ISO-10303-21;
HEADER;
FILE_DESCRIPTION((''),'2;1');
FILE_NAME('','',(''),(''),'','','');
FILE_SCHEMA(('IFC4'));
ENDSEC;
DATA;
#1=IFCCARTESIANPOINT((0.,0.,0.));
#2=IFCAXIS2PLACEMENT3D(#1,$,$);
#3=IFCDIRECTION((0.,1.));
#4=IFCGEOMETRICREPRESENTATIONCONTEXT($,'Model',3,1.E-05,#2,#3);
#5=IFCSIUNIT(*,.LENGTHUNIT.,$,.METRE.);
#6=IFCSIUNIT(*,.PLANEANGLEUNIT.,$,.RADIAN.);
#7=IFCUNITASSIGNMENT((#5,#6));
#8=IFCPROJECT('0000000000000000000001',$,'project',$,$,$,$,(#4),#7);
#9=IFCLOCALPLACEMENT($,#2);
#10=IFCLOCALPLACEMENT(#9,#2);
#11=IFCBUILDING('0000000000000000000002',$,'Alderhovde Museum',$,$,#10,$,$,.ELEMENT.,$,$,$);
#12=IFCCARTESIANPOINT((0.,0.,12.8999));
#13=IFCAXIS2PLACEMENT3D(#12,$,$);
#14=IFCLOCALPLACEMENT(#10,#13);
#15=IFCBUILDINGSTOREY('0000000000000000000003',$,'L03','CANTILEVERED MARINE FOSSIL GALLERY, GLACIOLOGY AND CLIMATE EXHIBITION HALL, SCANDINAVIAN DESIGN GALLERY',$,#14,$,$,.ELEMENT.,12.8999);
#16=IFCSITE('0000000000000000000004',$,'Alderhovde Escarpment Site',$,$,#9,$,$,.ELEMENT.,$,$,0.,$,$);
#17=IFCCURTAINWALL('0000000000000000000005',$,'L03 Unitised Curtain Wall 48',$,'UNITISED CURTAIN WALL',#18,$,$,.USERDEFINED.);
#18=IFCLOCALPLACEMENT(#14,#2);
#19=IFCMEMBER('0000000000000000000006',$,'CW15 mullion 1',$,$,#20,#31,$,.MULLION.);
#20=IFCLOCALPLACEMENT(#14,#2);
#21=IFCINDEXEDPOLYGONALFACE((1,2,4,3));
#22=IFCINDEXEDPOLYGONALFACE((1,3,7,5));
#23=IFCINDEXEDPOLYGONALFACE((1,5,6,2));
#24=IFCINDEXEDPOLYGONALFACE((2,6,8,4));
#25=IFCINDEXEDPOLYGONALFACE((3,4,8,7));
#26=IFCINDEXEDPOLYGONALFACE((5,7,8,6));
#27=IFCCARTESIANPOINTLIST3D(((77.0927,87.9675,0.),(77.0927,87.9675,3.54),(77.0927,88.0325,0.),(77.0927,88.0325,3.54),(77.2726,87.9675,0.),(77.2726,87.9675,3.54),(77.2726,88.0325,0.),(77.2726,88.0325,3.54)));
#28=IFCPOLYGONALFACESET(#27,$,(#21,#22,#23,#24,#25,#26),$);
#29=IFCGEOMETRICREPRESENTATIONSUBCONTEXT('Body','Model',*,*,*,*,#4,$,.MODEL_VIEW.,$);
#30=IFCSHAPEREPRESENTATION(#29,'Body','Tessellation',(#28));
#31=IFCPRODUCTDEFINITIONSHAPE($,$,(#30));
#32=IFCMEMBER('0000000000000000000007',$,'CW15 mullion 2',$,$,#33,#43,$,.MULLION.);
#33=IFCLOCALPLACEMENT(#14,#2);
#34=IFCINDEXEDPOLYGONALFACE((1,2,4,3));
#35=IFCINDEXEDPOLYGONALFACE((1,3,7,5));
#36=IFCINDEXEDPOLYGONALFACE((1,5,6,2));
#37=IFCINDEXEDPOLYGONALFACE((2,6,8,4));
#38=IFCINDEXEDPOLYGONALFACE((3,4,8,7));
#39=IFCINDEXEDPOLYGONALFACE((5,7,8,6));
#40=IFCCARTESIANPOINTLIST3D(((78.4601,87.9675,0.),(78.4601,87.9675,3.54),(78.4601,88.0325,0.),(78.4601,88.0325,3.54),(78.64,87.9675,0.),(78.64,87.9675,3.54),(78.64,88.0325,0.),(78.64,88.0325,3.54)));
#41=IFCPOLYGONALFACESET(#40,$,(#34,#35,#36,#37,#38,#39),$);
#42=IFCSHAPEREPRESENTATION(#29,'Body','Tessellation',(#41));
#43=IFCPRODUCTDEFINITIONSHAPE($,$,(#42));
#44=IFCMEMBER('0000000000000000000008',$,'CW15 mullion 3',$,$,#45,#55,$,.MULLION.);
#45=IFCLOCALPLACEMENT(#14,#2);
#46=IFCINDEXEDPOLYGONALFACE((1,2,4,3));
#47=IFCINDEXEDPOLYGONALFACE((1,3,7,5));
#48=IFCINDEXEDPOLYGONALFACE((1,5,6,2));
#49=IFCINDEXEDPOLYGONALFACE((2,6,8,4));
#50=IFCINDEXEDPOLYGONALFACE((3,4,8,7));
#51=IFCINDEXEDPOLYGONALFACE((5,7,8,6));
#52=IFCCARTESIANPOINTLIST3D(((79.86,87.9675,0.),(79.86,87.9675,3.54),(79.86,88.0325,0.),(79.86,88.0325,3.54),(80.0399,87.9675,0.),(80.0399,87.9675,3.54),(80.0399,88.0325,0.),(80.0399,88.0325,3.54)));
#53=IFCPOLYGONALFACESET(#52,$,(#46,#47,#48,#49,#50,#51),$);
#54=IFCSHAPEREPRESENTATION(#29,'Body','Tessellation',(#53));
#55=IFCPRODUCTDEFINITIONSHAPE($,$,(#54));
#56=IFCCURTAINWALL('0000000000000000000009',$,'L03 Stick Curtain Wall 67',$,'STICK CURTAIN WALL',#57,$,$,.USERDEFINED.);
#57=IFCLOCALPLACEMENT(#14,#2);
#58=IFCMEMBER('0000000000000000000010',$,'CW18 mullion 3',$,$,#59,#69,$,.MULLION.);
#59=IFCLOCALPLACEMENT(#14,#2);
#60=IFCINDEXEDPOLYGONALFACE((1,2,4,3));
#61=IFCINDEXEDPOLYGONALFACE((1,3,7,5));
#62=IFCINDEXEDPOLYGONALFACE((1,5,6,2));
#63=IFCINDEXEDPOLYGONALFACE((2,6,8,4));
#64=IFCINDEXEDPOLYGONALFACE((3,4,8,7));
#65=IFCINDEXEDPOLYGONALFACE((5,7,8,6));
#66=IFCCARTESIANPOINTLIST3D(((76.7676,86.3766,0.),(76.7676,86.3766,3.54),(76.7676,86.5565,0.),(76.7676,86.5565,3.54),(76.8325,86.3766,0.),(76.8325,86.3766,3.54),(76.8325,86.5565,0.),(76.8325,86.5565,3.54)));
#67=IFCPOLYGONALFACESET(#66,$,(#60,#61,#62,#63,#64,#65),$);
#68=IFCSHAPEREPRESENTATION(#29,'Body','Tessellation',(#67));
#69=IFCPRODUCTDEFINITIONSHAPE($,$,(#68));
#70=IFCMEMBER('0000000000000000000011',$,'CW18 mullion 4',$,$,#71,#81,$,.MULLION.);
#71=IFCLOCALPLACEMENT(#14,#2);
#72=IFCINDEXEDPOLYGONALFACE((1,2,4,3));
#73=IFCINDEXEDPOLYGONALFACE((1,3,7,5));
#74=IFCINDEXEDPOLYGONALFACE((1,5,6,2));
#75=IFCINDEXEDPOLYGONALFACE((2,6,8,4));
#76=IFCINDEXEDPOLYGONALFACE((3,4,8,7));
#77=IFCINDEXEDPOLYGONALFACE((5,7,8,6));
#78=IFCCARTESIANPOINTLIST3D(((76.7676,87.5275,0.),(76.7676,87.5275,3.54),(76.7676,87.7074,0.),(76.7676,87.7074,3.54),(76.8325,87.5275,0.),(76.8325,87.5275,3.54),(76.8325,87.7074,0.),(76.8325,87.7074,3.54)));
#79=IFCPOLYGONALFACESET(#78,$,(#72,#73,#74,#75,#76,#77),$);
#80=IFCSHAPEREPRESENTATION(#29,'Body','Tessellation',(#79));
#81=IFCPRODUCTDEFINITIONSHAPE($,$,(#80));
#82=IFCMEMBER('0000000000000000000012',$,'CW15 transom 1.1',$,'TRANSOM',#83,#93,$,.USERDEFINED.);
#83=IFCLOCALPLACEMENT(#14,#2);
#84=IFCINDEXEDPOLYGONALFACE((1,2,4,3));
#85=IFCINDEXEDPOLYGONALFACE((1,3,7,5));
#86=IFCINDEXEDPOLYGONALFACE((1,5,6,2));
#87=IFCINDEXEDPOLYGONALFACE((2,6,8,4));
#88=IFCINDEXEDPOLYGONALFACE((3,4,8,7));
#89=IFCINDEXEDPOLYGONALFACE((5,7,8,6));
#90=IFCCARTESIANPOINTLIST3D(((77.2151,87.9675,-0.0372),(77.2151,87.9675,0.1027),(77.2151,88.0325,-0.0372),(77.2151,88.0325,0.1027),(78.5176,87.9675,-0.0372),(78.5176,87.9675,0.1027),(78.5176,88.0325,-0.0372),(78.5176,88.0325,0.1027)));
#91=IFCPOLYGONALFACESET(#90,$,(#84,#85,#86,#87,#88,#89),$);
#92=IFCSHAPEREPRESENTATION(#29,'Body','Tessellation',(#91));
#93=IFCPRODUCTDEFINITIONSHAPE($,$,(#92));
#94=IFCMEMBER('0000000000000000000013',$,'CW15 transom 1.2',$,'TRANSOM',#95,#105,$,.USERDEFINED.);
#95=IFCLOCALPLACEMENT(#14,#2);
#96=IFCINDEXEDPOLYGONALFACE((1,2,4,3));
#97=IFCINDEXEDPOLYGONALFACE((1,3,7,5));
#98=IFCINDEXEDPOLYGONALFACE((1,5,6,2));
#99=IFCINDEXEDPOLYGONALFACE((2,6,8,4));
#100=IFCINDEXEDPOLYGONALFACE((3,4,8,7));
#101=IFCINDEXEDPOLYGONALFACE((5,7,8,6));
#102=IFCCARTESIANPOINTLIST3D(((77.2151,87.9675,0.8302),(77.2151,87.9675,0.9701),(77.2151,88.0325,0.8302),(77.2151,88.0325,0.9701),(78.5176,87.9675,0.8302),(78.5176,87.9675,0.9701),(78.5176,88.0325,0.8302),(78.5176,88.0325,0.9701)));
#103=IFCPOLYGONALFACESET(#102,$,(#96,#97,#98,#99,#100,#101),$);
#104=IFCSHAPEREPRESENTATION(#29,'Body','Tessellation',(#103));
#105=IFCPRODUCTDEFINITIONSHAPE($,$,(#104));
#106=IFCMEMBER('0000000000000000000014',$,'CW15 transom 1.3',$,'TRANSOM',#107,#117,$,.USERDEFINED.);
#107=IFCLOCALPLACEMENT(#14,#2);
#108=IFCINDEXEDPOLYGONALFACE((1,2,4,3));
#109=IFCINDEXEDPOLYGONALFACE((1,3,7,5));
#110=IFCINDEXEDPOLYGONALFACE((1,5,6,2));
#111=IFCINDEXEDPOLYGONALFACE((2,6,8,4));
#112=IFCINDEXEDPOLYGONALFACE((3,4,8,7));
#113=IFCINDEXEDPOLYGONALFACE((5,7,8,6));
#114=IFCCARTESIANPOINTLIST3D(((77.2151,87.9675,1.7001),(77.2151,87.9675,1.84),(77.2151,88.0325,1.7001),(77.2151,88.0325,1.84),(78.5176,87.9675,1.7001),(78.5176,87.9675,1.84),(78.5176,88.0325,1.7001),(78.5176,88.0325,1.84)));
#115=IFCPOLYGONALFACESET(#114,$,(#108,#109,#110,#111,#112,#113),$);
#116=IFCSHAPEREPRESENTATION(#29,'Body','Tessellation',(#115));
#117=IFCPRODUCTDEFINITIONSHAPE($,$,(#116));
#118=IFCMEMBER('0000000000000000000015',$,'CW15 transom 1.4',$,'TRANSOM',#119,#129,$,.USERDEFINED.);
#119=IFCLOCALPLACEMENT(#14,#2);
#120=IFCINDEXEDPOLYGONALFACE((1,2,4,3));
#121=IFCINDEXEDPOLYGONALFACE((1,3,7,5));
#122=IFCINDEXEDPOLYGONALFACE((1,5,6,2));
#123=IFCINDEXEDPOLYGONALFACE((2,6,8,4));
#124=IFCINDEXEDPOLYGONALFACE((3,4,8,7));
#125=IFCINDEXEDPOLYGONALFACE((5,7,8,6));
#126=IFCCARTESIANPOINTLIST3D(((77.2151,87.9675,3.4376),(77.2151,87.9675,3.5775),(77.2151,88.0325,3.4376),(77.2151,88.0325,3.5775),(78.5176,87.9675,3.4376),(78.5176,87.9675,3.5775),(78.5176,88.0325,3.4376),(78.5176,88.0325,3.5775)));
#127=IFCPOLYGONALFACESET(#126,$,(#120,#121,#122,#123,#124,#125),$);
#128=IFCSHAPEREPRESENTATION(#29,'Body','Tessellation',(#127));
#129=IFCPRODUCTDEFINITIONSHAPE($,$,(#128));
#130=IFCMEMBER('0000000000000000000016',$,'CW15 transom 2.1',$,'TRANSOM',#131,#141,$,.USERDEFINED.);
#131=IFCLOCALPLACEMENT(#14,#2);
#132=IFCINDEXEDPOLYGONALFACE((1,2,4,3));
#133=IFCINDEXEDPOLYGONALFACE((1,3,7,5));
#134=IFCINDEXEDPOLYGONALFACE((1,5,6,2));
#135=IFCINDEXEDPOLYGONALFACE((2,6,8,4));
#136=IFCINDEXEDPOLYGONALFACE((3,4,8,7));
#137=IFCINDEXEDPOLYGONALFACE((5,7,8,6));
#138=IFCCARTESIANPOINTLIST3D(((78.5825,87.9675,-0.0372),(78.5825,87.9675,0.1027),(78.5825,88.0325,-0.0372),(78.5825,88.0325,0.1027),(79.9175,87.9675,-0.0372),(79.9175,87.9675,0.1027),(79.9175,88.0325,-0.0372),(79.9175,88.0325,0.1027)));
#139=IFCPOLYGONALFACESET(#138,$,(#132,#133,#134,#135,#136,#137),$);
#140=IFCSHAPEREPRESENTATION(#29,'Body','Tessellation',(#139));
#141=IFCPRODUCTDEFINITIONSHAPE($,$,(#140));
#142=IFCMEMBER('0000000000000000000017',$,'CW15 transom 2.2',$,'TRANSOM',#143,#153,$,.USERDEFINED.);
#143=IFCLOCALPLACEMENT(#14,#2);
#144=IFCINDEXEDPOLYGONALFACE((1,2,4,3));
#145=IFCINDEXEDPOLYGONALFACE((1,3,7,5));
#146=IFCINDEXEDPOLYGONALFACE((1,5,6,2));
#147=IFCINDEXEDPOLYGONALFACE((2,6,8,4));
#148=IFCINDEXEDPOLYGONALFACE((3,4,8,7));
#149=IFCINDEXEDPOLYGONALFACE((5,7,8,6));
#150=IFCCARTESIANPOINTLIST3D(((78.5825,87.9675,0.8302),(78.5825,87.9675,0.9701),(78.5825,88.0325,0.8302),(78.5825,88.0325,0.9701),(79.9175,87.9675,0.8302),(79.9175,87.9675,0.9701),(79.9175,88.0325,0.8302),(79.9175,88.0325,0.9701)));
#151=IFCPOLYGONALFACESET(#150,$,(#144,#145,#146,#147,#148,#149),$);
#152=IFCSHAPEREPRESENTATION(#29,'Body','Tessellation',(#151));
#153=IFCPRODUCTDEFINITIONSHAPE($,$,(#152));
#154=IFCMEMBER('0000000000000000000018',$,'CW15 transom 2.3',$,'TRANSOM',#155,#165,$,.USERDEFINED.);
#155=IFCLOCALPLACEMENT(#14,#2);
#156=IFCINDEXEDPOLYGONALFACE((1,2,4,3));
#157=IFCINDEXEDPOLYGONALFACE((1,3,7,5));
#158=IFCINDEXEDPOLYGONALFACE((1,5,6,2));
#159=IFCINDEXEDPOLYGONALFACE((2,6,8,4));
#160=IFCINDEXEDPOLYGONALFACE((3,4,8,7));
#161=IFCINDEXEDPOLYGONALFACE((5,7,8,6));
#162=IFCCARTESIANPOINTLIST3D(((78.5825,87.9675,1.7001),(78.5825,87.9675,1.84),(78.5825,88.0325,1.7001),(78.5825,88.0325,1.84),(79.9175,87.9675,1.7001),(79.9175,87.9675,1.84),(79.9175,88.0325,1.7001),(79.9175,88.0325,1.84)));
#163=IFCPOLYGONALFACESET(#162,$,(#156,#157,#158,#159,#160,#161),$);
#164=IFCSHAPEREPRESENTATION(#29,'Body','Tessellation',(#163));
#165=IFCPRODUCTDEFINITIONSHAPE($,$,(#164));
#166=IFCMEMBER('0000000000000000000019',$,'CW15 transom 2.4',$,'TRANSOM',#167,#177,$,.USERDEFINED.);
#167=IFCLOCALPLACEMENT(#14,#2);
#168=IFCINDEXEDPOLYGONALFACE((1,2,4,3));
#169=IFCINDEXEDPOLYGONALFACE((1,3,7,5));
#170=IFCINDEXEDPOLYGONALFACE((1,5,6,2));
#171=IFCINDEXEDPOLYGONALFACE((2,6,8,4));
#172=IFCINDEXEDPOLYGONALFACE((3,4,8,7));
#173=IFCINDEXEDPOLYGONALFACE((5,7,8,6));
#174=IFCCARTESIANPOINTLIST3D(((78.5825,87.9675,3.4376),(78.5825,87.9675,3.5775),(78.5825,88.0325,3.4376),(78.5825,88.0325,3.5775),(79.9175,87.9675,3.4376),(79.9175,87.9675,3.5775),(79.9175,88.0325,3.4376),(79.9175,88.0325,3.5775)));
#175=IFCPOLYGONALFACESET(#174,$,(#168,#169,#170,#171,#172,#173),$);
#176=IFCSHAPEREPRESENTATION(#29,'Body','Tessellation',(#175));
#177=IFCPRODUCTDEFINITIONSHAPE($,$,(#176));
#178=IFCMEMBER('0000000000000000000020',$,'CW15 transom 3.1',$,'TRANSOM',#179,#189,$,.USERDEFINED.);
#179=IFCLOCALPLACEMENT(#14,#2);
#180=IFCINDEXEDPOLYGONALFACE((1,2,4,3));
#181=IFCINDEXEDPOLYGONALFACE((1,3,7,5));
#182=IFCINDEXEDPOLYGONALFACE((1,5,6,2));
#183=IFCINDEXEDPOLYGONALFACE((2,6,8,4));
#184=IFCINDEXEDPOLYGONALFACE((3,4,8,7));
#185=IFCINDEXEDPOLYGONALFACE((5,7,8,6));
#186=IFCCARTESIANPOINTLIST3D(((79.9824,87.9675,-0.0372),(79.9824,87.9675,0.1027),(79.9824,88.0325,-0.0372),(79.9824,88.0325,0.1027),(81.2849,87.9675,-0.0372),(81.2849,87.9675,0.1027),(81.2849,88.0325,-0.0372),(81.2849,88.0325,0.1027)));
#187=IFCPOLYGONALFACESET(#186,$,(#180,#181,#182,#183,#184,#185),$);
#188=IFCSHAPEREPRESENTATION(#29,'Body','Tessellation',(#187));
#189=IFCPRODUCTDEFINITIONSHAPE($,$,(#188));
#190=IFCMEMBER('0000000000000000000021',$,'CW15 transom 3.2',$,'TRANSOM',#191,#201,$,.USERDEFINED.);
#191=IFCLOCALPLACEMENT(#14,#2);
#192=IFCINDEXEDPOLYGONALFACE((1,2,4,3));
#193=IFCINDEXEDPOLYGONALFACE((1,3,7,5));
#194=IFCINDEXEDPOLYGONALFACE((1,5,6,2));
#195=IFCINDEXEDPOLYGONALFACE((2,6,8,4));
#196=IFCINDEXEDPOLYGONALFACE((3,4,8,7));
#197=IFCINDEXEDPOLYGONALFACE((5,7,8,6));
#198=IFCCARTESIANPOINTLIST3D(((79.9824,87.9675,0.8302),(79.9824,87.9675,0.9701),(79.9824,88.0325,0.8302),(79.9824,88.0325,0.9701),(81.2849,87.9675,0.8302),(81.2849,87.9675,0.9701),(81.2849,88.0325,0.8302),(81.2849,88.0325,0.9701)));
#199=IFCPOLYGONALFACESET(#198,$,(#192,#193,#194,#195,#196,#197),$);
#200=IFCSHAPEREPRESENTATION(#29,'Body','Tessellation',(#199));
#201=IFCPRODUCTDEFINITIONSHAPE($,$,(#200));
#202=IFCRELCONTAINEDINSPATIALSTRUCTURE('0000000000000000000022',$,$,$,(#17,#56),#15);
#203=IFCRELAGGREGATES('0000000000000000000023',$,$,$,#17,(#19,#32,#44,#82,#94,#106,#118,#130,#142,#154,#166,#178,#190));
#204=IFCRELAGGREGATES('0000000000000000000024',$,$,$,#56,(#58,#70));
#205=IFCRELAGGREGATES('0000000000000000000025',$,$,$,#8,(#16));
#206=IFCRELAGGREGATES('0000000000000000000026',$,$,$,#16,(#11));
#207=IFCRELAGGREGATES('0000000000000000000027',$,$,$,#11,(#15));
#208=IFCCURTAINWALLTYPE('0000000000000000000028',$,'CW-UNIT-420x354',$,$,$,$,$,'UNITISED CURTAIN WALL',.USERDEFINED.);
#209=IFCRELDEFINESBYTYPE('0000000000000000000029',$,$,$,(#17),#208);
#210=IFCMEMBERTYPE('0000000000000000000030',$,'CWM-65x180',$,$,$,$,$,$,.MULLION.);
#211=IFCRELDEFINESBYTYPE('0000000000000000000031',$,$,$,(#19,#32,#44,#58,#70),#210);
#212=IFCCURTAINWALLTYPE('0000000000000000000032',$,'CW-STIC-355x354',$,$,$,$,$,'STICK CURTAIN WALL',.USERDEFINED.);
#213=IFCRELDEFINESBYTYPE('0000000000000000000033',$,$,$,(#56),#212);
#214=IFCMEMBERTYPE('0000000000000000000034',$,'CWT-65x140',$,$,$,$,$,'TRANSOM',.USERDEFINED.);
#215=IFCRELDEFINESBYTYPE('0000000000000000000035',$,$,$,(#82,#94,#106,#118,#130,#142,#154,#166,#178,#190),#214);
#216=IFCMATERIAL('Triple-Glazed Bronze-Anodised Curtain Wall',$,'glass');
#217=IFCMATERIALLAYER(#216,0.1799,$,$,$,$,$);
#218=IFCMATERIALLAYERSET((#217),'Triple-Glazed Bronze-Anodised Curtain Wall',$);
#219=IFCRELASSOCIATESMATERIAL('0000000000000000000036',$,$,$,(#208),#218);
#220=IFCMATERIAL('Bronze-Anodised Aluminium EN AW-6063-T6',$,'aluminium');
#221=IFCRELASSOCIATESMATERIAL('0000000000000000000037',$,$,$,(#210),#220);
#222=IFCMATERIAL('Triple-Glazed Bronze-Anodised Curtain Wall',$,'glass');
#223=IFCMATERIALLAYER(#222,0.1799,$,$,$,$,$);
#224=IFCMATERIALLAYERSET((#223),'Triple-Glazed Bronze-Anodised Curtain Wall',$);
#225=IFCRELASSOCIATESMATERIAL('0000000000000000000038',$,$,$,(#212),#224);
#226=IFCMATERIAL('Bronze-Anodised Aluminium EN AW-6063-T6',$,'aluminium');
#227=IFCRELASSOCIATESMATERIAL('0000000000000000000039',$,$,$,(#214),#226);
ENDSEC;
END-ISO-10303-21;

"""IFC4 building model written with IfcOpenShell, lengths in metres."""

from ifc_helpers import new_model, si_unit, direction, frame, origin, origin_2d, place, context, subcontext, project, spatial, rectangle, extrude, material, layer, layer_set, material_profile, profile_set, type_object, element, aggregate, save


model = new_model("IFC4")

# Units and contexts
model_context = context("Model", 3, precision=1e-05, world=origin(), true_north=direction((0.0, 1.0)))
body_context = subcontext(model_context, "Body", "Model", "MODEL_VIEW")
ifc_project = project(units=[si_unit("LENGTHUNIT", "METRE"), si_unit("PLANEANGLEUNIT", "RADIAN")], contexts=[model_context])

# Site, building, storey
site_placement = place(None, origin())
site = spatial("IfcSite", under=ifc_project, at=site_placement, Name="Alderhovde Escarpment Site", CompositionType="ELEMENT", RefElevation=0.0)
building_placement = place(site_placement, origin())
building = spatial("IfcBuilding", under=site, at=building_placement, Name="Alderhovde Museum", CompositionType="ELEMENT")
storey_placement = place(building_placement, frame((0.0, 0.0, 12.8999)))
storey = spatial("IfcBuildingStorey", under=building, at=storey_placement, Name="L03", Description="CANTILEVERED MARINE FOSSIL GALLERY, GLACIOLOGY AND CLIMATE EXHIBITION HALL, SCANDINAVIAN DESIGN GALLERY", CompositionType="ELEMENT", Elevation=12.8999)

# Curtain walls, members
ifc_material_1 = material(Name="Triple-Glazed Bronze-Anodised Curtain Wall", Category="glass")
ifc_layer_1 = layer(ifc_material_1, 0.1799)
ifc_layer_set_1 = layer_set([ifc_layer_1], Name="Triple-Glazed Bronze-Anodised Curtain Wall")
curtain_wall_type_1 = type_object("IfcCurtainWallType", Name="CW-UNIT-420x354", ElementType="UNITISED CURTAIN WALL", PredefinedType="USERDEFINED", material=ifc_layer_set_1)
curtain_wall_1_placement = place(storey_placement, origin())
curtain_wall_1 = element("IfcCurtainWall", 1, at=curtain_wall_1_placement, inside=storey, type_object=curtain_wall_type_1, Name="L03 Unitised Curtain Wall 48", ObjectType="UNITISED CURTAIN WALL", PredefinedType="USERDEFINED")
ifc_material_2 = material(Name="Bronze-Anodised Aluminium EN AW-6063-T6", Category="aluminium")
ifc_material_profile_1 = material_profile(ifc_material_2, rectangle(XDim=0.0649, YDim=0.1799, at=origin_2d()), Name="MULLION 65x180")
ifc_profile_set_1 = profile_set([ifc_material_profile_1], Name="Bronze-Anodised Aluminium EN AW-6063-T6")
member_type_1 = type_object("IfcMemberType", Name="CWM-65x180", PredefinedType="MULLION", material=ifc_profile_set_1)
member_1_placement = place(storey_placement, frame((77.1826, 88.0, 0.0), z_axis=(0.0, 0.0, 1.0), x_axis=(0.0, 1.0, 0.0)))
member_1 = element("IfcMember", 2, at=member_1_placement, type_object=member_type_1, Name="CW15 mullion 1", PredefinedType="MULLION", context=body_context, shape_type="SweptSolid", body=[
    extrude(rectangle(XDim=0.0649, YDim=0.1799, at=origin_2d()), origin(), (0.0, 0.0, 1.0), 3.54),
])
member_2_placement = place(storey_placement, frame((78.55, 88.0, 0.0), z_axis=(0.0, 0.0, 1.0), x_axis=(0.0, 1.0, 0.0)))
member_2 = element("IfcMember", 3, at=member_2_placement, type_object=member_type_1, Name="CW15 mullion 2", PredefinedType="MULLION", context=body_context, shape_type="SweptSolid", body=[
    extrude(rectangle(XDim=0.0649, YDim=0.1799, at=origin_2d()), origin(), (0.0, 0.0, 1.0), 3.54),
])
member_3_placement = place(storey_placement, frame((79.95, 88.0, 0.0), z_axis=(0.0, 0.0, 1.0), x_axis=(0.0, 1.0, 0.0)))
member_3 = element("IfcMember", 4, at=member_3_placement, type_object=member_type_1, Name="CW15 mullion 3", PredefinedType="MULLION", context=body_context, shape_type="SweptSolid", body=[
    extrude(rectangle(XDim=0.0649, YDim=0.1799, at=origin_2d()), origin(), (0.0, 0.0, 1.0), 3.54),
])
ifc_material_3 = material(Name="Triple-Glazed Bronze-Anodised Curtain Wall", Category="glass")
ifc_layer_2 = layer(ifc_material_3, 0.1799)
ifc_layer_set_2 = layer_set([ifc_layer_2], Name="Triple-Glazed Bronze-Anodised Curtain Wall")
curtain_wall_type_2 = type_object("IfcCurtainWallType", Name="CW-STIC-355x354", ElementType="STICK CURTAIN WALL", PredefinedType="USERDEFINED", material=ifc_layer_set_2)
curtain_wall_2_placement = place(storey_placement, origin())
curtain_wall_2 = element("IfcCurtainWall", 5, at=curtain_wall_2_placement, inside=storey, type_object=curtain_wall_type_2, Name="L03 Stick Curtain Wall 67", ObjectType="STICK CURTAIN WALL", PredefinedType="USERDEFINED")
member_4_placement = place(storey_placement, frame((76.8, 86.4666, 0.0), z_axis=(0.0, 0.0, 1.0), x_axis=(-1.0, 0.0, 0.0)))
member_4 = element("IfcMember", 6, at=member_4_placement, type_object=member_type_1, Name="CW18 mullion 3", PredefinedType="MULLION", context=body_context, shape_type="SweptSolid", body=[
    extrude(rectangle(XDim=0.0649, YDim=0.1799, at=origin_2d()), origin(), (0.0, 0.0, 1.0), 3.54),
])
member_5_placement = place(storey_placement, frame((76.8, 87.6174, 0.0), z_axis=(0.0, 0.0, 1.0), x_axis=(-1.0, 0.0, 0.0)))
member_5 = element("IfcMember", 7, at=member_5_placement, type_object=member_type_1, Name="CW18 mullion 4", PredefinedType="MULLION", context=body_context, shape_type="SweptSolid", body=[
    extrude(rectangle(XDim=0.0649, YDim=0.1799, at=origin_2d()), origin(), (0.0, 0.0, 1.0), 3.54),
])

# Members
ifc_material_4 = material(Name="Bronze-Anodised Aluminium EN AW-6063-T6", Category="aluminium")
ifc_material_profile_2 = material_profile(ifc_material_4, rectangle(XDim=0.0649, YDim=0.1399, at=origin_2d()), Name="TRANSOM 65x140")
ifc_profile_set_2 = profile_set([ifc_material_profile_2], Name="Bronze-Anodised Aluminium EN AW-6063-T6")
member_type_2 = type_object("IfcMemberType", Name="CWT-65x140", ElementType="TRANSOM", PredefinedType="USERDEFINED", material=ifc_profile_set_2)
member_6_placement = place(storey_placement, frame((77.2151, 88.0, 0.0327), z_axis=(1.0, 0.0, 0.0), x_axis=(0.0, 1.0, 0.0)))
member_6 = element("IfcMember", 8, at=member_6_placement, type_object=member_type_2, Name="CW15 transom 1.1", ObjectType="TRANSOM", PredefinedType="USERDEFINED", context=body_context, shape_type="SweptSolid", body=[
    extrude(rectangle(XDim=0.0649, YDim=0.1399, at=origin_2d()), origin(), (0.0, 0.0, 1.0), 1.3025),
])
member_7_placement = place(storey_placement, frame((77.2151, 88.0, 0.9001), z_axis=(1.0, 0.0, 0.0), x_axis=(0.0, 1.0, 0.0)))
member_7 = element("IfcMember", 9, at=member_7_placement, type_object=member_type_2, Name="CW15 transom 1.2", ObjectType="TRANSOM", PredefinedType="USERDEFINED", context=body_context, shape_type="SweptSolid", body=[
    extrude(rectangle(XDim=0.0649, YDim=0.1399, at=origin_2d()), origin(), (0.0, 0.0, 1.0), 1.3025),
])
member_8_placement = place(storey_placement, frame((77.2151, 88.0, 1.77), z_axis=(1.0, 0.0, 0.0), x_axis=(0.0, 1.0, 0.0)))
member_8 = element("IfcMember", 10, at=member_8_placement, type_object=member_type_2, Name="CW15 transom 1.3", ObjectType="TRANSOM", PredefinedType="USERDEFINED", context=body_context, shape_type="SweptSolid", body=[
    extrude(rectangle(XDim=0.0649, YDim=0.1399, at=origin_2d()), origin(), (0.0, 0.0, 1.0), 1.3025),
])
member_9_placement = place(storey_placement, frame((77.2151, 88.0, 3.5076), z_axis=(1.0, 0.0, 0.0), x_axis=(0.0, 1.0, 0.0)))
member_9 = element("IfcMember", 11, at=member_9_placement, type_object=member_type_2, Name="CW15 transom 1.4", ObjectType="TRANSOM", PredefinedType="USERDEFINED", context=body_context, shape_type="SweptSolid", body=[
    extrude(rectangle(XDim=0.0649, YDim=0.1399, at=origin_2d()), origin(), (0.0, 0.0, 1.0), 1.3025),
])
member_10_placement = place(storey_placement, frame((78.5825, 88.0, 0.0327), z_axis=(1.0, 0.0, 0.0), x_axis=(0.0, 1.0, 0.0)))
member_10 = element("IfcMember", 12, at=member_10_placement, type_object=member_type_2, Name="CW15 transom 2.1", ObjectType="TRANSOM", PredefinedType="USERDEFINED", context=body_context, shape_type="SweptSolid", body=[
    extrude(rectangle(XDim=0.0649, YDim=0.1399, at=origin_2d()), origin(), (0.0, 0.0, 1.0), 1.335),
])
member_11_placement = place(storey_placement, frame((78.5825, 88.0, 0.9001), z_axis=(1.0, 0.0, 0.0), x_axis=(0.0, 1.0, 0.0)))
member_11 = element("IfcMember", 13, at=member_11_placement, type_object=member_type_2, Name="CW15 transom 2.2", ObjectType="TRANSOM", PredefinedType="USERDEFINED", context=body_context, shape_type="SweptSolid", body=[
    extrude(rectangle(XDim=0.0649, YDim=0.1399, at=origin_2d()), origin(), (0.0, 0.0, 1.0), 1.335),
])
member_12_placement = place(storey_placement, frame((78.5825, 88.0, 1.77), z_axis=(1.0, 0.0, 0.0), x_axis=(0.0, 1.0, 0.0)))
member_12 = element("IfcMember", 14, at=member_12_placement, type_object=member_type_2, Name="CW15 transom 2.3", ObjectType="TRANSOM", PredefinedType="USERDEFINED", context=body_context, shape_type="SweptSolid", body=[
    extrude(rectangle(XDim=0.0649, YDim=0.1399, at=origin_2d()), origin(), (0.0, 0.0, 1.0), 1.335),
])
member_13_placement = place(storey_placement, frame((78.5825, 88.0, 3.5076), z_axis=(1.0, 0.0, 0.0), x_axis=(0.0, 1.0, 0.0)))
member_13 = element("IfcMember", 15, at=member_13_placement, type_object=member_type_2, Name="CW15 transom 2.4", ObjectType="TRANSOM", PredefinedType="USERDEFINED", context=body_context, shape_type="SweptSolid", body=[
    extrude(rectangle(XDim=0.0649, YDim=0.1399, at=origin_2d()), origin(), (0.0, 0.0, 1.0), 1.335),
])
member_14_placement = place(storey_placement, frame((79.9824, 88.0, 0.0327), z_axis=(1.0, 0.0, 0.0), x_axis=(0.0, 1.0, 0.0)))
member_14 = element("IfcMember", 16, at=member_14_placement, type_object=member_type_2, Name="CW15 transom 3.1", ObjectType="TRANSOM", PredefinedType="USERDEFINED", context=body_context, shape_type="SweptSolid", body=[
    extrude(rectangle(XDim=0.0649, YDim=0.1399, at=origin_2d()), origin(), (0.0, 0.0, 1.0), 1.3025),
])
member_15_placement = place(storey_placement, frame((79.9824, 88.0, 0.9001), z_axis=(1.0, 0.0, 0.0), x_axis=(0.0, 1.0, 0.0)))
member_15 = element("IfcMember", 17, at=member_15_placement, type_object=member_type_2, Name="CW15 transom 3.2", ObjectType="TRANSOM", PredefinedType="USERDEFINED", context=body_context, shape_type="SweptSolid", body=[
    extrude(rectangle(XDim=0.0649, YDim=0.1399, at=origin_2d()), origin(), (0.0, 0.0, 1.0), 1.3025),
])

aggregate(curtain_wall_1, [member_1, member_2, member_3, member_6, member_7, member_8, member_9, member_10, member_11, member_12, member_13, member_14, member_15])
aggregate(curtain_wall_2, [member_4, member_5])

save(model, "model.ifc")
